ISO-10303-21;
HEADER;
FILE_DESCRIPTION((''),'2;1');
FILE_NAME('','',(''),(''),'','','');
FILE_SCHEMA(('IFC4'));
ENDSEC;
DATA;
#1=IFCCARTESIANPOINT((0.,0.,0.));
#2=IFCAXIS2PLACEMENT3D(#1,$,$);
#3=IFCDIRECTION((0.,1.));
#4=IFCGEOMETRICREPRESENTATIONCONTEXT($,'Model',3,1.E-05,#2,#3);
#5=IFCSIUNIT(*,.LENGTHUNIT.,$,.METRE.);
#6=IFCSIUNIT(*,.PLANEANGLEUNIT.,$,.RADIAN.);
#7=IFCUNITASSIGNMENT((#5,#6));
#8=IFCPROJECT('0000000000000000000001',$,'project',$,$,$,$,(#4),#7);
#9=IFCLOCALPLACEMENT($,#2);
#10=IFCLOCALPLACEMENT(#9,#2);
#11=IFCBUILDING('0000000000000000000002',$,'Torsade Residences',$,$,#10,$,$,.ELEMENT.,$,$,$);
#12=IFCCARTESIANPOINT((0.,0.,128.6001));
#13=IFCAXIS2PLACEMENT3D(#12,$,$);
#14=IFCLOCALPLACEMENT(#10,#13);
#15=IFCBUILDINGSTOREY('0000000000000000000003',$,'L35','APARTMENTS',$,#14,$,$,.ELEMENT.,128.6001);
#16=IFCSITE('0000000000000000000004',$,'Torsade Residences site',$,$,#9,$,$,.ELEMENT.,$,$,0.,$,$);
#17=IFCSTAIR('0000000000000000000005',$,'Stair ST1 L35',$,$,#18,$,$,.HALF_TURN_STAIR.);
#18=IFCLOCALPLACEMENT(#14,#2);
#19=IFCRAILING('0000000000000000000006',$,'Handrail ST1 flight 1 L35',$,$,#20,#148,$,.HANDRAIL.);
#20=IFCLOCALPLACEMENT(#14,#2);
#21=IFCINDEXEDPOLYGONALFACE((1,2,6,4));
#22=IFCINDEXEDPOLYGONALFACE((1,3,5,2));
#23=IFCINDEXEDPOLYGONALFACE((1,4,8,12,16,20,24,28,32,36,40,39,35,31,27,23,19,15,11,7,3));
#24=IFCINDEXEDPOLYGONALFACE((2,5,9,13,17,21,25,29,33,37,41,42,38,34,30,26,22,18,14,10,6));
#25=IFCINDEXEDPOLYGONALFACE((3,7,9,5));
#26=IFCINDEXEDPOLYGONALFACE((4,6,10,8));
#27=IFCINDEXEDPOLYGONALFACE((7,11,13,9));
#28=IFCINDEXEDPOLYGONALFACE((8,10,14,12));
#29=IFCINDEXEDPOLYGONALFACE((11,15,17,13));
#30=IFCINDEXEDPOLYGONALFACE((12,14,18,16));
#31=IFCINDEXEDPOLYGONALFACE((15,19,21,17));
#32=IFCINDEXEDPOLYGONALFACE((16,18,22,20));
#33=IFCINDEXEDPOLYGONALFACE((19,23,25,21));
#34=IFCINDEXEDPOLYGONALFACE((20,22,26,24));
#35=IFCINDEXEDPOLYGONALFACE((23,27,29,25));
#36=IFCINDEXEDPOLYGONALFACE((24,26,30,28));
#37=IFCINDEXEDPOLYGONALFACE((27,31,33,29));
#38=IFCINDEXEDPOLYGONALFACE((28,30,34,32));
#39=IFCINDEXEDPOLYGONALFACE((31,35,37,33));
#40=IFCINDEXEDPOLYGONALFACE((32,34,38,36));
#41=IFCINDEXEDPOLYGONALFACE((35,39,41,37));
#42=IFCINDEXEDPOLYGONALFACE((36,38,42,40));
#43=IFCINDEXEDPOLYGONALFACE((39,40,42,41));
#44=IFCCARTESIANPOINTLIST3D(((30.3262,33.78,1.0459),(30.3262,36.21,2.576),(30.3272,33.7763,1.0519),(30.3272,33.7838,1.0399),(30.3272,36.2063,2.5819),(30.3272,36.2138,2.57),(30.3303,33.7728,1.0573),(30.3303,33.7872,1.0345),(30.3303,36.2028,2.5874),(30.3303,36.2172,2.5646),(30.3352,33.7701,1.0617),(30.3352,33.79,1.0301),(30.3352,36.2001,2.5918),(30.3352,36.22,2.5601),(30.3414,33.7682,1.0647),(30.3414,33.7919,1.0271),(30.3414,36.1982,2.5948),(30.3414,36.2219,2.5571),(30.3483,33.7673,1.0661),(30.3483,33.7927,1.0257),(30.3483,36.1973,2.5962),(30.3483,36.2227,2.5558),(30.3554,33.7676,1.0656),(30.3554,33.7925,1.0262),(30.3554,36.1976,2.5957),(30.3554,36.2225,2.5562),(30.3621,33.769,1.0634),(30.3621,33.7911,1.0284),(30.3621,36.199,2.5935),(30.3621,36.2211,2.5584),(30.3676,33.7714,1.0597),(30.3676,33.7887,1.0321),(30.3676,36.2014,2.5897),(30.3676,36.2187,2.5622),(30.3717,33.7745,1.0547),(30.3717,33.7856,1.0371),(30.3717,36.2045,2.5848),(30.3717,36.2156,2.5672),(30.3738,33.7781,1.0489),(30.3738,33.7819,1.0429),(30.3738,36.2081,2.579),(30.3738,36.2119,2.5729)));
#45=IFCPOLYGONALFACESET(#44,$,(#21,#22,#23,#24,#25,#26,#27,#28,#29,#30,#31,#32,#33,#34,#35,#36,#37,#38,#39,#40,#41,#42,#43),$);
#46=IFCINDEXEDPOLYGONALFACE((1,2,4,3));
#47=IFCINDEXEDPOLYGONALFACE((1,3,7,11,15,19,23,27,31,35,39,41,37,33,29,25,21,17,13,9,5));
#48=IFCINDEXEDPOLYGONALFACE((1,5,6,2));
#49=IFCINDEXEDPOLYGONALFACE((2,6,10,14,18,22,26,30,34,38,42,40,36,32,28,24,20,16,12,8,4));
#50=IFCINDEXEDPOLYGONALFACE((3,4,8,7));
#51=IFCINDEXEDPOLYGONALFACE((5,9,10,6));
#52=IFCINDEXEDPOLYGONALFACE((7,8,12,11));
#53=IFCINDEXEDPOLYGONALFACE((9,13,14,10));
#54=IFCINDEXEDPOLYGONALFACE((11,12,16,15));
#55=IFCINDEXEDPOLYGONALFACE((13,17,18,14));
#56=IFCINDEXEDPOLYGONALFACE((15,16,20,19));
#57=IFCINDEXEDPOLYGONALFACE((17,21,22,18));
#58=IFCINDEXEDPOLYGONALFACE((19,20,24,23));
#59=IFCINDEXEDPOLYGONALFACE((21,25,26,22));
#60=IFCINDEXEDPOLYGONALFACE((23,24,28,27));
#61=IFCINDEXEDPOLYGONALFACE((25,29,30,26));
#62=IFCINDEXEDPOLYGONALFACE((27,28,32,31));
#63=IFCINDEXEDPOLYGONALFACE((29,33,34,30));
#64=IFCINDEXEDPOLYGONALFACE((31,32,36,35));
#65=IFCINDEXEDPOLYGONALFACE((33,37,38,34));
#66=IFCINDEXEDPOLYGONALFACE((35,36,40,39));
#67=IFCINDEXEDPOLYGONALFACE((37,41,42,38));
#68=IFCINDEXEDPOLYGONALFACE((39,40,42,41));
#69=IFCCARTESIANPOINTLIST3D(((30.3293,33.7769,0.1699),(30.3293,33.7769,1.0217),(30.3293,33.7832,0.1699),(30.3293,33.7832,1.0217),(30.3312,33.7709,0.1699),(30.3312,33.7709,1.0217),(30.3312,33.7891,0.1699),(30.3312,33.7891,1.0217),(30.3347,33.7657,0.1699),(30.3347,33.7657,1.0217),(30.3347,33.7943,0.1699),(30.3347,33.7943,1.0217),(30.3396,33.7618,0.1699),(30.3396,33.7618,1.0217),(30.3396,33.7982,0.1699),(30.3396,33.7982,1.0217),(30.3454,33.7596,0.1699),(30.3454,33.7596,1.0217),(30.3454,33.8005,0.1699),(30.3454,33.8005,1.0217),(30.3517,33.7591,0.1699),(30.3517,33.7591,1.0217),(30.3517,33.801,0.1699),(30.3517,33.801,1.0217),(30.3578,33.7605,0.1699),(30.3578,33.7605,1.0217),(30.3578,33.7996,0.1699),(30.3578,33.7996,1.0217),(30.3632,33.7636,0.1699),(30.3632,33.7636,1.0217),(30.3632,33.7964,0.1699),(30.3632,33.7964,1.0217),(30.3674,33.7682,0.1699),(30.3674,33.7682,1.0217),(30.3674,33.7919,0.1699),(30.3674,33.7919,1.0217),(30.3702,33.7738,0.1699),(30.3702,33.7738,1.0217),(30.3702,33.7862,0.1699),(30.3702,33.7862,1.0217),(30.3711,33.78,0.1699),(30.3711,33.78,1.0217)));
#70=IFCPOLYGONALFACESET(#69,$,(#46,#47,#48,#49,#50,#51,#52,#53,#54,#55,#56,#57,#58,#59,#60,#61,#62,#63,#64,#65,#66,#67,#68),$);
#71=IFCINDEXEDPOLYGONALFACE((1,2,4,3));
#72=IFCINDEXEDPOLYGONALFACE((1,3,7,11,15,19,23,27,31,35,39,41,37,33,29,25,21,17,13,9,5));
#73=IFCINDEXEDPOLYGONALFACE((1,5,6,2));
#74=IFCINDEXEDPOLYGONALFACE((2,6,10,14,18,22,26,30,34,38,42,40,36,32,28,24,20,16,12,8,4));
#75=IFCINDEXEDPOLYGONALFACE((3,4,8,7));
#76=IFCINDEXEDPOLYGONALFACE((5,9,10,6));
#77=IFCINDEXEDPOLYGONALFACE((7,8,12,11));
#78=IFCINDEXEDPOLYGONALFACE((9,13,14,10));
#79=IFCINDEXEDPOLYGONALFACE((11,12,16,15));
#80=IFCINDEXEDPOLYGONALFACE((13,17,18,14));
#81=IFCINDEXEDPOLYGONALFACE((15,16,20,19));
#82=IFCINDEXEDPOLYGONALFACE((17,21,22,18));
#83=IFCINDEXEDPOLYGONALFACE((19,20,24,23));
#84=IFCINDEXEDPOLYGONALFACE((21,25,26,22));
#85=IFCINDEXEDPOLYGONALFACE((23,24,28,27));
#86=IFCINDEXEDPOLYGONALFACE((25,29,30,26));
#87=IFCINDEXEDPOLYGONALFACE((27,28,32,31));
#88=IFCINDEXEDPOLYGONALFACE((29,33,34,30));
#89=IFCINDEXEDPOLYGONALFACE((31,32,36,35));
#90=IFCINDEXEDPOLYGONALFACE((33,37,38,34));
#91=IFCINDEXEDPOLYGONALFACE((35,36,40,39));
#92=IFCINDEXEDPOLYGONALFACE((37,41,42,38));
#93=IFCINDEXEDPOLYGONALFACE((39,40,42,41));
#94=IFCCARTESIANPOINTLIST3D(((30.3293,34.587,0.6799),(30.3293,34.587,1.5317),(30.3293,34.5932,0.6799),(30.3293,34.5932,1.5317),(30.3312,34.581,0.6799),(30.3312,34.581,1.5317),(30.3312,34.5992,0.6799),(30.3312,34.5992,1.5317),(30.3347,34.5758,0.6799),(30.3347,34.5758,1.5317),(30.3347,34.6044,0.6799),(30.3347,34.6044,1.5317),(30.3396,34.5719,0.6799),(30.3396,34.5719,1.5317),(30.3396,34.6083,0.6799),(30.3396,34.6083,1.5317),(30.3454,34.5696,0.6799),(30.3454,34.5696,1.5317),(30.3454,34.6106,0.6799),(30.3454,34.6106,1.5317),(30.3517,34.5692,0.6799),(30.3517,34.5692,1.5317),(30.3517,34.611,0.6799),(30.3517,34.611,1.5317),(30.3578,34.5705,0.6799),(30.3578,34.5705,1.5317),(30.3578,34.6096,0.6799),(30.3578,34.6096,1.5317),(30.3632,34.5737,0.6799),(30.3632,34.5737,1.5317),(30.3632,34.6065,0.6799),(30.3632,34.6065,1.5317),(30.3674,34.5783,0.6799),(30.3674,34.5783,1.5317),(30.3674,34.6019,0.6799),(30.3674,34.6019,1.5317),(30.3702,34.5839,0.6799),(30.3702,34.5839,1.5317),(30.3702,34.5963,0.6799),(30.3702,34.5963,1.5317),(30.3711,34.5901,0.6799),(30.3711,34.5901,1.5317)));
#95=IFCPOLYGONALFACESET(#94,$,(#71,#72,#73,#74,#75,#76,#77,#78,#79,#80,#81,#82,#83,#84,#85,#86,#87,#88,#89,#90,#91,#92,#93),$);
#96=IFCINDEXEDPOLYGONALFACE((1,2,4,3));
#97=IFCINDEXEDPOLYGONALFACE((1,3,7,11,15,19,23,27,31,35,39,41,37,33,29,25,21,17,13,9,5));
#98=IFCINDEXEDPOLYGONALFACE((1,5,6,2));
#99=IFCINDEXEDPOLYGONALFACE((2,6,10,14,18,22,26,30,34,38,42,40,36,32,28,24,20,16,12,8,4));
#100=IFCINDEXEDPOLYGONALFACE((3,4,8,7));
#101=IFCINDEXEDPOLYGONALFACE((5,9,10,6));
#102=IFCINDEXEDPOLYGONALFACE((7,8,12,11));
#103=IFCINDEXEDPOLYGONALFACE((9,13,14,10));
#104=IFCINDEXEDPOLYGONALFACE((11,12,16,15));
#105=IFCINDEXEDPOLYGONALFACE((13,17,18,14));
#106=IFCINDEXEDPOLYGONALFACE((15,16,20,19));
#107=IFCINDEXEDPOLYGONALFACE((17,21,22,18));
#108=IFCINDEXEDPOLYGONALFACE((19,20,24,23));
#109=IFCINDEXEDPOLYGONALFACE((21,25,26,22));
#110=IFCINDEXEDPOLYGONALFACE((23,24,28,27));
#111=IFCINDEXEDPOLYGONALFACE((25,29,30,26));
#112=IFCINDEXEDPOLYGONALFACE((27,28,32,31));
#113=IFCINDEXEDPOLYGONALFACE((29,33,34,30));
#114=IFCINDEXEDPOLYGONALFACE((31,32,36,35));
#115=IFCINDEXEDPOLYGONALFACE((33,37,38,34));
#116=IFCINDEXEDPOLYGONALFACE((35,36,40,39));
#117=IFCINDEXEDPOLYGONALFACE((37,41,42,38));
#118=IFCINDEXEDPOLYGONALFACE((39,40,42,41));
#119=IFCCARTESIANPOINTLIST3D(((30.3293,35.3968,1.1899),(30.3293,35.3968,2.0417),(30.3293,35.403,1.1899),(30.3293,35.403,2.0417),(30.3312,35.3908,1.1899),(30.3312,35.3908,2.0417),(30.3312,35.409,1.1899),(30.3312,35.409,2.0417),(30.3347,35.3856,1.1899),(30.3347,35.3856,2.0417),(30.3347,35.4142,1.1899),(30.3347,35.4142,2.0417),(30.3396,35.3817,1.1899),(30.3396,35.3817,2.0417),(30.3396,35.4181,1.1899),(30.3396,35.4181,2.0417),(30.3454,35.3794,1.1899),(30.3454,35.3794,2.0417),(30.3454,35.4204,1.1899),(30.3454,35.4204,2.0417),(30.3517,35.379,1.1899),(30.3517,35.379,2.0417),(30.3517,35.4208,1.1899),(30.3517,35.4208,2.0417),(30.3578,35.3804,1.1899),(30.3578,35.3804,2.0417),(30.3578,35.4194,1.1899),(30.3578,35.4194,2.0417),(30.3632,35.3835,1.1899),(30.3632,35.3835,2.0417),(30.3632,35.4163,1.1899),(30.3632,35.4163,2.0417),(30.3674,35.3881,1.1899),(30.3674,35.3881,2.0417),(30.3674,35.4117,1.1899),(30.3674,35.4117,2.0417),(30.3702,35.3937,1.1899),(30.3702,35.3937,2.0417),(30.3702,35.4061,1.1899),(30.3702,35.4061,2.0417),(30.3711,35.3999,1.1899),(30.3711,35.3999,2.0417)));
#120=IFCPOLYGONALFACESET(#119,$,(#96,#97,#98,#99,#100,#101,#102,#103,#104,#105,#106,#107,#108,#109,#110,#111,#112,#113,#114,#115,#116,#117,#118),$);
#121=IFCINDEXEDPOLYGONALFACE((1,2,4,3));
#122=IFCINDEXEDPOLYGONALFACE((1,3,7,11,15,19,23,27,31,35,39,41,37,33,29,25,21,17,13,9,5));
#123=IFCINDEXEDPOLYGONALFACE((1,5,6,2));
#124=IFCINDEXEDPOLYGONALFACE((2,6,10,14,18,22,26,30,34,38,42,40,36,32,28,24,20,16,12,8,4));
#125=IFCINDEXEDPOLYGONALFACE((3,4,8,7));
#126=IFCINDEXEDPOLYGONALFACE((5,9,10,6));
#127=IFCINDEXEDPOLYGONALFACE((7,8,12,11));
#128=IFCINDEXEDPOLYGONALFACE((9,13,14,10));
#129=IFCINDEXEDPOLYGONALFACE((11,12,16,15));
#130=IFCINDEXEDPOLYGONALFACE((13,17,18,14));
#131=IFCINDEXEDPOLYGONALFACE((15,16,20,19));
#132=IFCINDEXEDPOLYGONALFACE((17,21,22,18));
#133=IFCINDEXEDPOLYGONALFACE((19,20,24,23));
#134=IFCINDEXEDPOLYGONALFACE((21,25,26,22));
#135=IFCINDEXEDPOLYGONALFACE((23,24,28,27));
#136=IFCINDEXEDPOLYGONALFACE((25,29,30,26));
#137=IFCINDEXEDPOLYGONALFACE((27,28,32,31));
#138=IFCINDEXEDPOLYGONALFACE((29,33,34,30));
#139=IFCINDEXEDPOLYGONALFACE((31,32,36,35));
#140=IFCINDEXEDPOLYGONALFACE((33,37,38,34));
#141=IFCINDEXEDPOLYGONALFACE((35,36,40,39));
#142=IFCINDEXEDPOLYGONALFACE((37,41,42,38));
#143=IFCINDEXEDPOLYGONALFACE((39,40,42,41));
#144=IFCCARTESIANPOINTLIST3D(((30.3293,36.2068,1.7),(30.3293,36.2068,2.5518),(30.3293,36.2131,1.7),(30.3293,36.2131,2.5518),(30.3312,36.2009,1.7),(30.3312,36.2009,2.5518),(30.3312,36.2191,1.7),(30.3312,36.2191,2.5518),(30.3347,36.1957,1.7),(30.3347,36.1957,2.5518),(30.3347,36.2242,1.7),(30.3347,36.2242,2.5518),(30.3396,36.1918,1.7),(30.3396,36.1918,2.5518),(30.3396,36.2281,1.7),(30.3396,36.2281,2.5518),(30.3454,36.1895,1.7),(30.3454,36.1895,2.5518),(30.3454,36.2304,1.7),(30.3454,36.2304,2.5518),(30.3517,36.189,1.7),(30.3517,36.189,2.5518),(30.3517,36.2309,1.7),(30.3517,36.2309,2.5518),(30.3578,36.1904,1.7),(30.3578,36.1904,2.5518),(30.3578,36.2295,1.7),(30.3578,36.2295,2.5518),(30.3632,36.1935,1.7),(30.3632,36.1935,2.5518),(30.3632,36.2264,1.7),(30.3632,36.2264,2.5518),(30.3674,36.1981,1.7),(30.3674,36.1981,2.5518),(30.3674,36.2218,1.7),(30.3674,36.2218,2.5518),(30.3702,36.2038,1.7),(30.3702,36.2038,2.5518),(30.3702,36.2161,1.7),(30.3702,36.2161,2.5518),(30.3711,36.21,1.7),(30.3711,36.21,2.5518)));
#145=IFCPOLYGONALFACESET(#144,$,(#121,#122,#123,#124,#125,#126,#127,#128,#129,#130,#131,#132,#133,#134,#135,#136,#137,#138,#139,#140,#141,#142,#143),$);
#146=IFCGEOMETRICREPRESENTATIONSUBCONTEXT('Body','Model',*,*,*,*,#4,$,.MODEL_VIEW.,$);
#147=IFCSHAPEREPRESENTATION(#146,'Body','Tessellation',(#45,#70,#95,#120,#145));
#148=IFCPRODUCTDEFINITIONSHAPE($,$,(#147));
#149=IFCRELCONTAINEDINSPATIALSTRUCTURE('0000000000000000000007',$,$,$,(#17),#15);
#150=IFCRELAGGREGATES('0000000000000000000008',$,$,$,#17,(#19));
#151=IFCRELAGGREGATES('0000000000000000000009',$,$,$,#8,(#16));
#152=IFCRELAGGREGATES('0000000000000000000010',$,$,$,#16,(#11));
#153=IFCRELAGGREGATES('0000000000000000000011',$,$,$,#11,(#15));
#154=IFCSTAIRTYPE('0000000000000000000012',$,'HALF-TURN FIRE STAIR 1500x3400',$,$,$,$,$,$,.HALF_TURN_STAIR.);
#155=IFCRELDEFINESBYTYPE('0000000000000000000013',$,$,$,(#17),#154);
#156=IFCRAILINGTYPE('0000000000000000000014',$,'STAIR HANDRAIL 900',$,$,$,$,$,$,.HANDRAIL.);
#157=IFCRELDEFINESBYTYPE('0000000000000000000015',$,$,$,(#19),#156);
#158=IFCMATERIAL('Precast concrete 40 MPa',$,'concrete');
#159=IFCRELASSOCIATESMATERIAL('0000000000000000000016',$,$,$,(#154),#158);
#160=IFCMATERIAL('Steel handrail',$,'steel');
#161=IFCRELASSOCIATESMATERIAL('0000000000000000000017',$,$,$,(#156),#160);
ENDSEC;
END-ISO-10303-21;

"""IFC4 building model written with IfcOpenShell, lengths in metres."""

from ifc_helpers import new_model, si_unit, direction, frame, origin, origin_2d, place, context, subcontext, project, spatial, circle, extrude, material, type_object, element, aggregate, save


model = new_model("IFC4")

# Units and contexts
model_context = context("Model", 3, precision=1e-05, world=origin(), true_north=direction((0.0, 1.0)))
body_context = subcontext(model_context, "Body", "Model", "MODEL_VIEW")
ifc_project = project(units=[si_unit("LENGTHUNIT", "METRE"), si_unit("PLANEANGLEUNIT", "RADIAN")], contexts=[model_context])

# Site, building, storey
site_placement = place(None, origin())
site = spatial("IfcSite", under=ifc_project, at=site_placement, Name="Torsade Residences site", CompositionType="ELEMENT", RefElevation=0.0)
building_placement = place(site_placement, origin())
building = spatial("IfcBuilding", under=site, at=building_placement, Name="Torsade Residences", CompositionType="ELEMENT")
storey_placement = place(building_placement, frame((0.0, 0.0, 128.6001)))
storey = spatial("IfcBuildingStorey", under=building, at=storey_placement, Name="L35", Description="APARTMENTS", CompositionType="ELEMENT", Elevation=128.6001)

# Stair, railing
ifc_material_1 = material(Name="Precast concrete 40 MPa", Category="concrete")
stair_type = type_object("IfcStairType", Name="HALF-TURN FIRE STAIR 1500x3400", PredefinedType="HALF_TURN_STAIR", material=ifc_material_1)
stair_placement = place(storey_placement, origin())
stair = element("IfcStair", 1, at=stair_placement, inside=storey, type_object=stair_type, Name="Stair ST1 L35", PredefinedType="HALF_TURN_STAIR")
ifc_material_2 = material(Name="Steel handrail", Category="steel")
railing_type = type_object("IfcRailingType", Name="STAIR HANDRAIL 900", PredefinedType="HANDRAIL", material=ifc_material_2)
railing_1_placement = place(storey_placement, frame((30.3501, 33.78, 0.1699)))
railing_1 = element("IfcRailing", 2, at=railing_1_placement, type_object=railing_type, Name="Handrail ST1 flight 1 L35", PredefinedType="HANDRAIL", context=body_context, shape_type="SweptSolid", body=[
    extrude(circle(Radius=0.0239, at=origin_2d()), frame((0.0, 0.0, 0.876), z_axis=(0.0, 0.846221, 0.532831), x_axis=(-1.0, 0.0, 0.0)), (0.0, 0.0, 1.0), 2.8716),
    extrude(circle(Radius=0.021, at=origin_2d()), origin(), (0.0, 0.0, 1.0), 0.8518),
    extrude(circle(Radius=0.021, at=origin_2d()), frame((0.0, 0.8101, 0.51)), (0.0, 0.0, 1.0), 0.8518),
    extrude(circle(Radius=0.021, at=origin_2d()), frame((0.0, 1.6199, 1.02)), (0.0, 0.0, 1.0), 0.8518),
    extrude(circle(Radius=0.021, at=origin_2d()), frame((0.0, 2.4299, 1.53)), (0.0, 0.0, 1.0), 0.8518),
])
aggregate(stair, [railing_1])

save(model, "model.ifc")
